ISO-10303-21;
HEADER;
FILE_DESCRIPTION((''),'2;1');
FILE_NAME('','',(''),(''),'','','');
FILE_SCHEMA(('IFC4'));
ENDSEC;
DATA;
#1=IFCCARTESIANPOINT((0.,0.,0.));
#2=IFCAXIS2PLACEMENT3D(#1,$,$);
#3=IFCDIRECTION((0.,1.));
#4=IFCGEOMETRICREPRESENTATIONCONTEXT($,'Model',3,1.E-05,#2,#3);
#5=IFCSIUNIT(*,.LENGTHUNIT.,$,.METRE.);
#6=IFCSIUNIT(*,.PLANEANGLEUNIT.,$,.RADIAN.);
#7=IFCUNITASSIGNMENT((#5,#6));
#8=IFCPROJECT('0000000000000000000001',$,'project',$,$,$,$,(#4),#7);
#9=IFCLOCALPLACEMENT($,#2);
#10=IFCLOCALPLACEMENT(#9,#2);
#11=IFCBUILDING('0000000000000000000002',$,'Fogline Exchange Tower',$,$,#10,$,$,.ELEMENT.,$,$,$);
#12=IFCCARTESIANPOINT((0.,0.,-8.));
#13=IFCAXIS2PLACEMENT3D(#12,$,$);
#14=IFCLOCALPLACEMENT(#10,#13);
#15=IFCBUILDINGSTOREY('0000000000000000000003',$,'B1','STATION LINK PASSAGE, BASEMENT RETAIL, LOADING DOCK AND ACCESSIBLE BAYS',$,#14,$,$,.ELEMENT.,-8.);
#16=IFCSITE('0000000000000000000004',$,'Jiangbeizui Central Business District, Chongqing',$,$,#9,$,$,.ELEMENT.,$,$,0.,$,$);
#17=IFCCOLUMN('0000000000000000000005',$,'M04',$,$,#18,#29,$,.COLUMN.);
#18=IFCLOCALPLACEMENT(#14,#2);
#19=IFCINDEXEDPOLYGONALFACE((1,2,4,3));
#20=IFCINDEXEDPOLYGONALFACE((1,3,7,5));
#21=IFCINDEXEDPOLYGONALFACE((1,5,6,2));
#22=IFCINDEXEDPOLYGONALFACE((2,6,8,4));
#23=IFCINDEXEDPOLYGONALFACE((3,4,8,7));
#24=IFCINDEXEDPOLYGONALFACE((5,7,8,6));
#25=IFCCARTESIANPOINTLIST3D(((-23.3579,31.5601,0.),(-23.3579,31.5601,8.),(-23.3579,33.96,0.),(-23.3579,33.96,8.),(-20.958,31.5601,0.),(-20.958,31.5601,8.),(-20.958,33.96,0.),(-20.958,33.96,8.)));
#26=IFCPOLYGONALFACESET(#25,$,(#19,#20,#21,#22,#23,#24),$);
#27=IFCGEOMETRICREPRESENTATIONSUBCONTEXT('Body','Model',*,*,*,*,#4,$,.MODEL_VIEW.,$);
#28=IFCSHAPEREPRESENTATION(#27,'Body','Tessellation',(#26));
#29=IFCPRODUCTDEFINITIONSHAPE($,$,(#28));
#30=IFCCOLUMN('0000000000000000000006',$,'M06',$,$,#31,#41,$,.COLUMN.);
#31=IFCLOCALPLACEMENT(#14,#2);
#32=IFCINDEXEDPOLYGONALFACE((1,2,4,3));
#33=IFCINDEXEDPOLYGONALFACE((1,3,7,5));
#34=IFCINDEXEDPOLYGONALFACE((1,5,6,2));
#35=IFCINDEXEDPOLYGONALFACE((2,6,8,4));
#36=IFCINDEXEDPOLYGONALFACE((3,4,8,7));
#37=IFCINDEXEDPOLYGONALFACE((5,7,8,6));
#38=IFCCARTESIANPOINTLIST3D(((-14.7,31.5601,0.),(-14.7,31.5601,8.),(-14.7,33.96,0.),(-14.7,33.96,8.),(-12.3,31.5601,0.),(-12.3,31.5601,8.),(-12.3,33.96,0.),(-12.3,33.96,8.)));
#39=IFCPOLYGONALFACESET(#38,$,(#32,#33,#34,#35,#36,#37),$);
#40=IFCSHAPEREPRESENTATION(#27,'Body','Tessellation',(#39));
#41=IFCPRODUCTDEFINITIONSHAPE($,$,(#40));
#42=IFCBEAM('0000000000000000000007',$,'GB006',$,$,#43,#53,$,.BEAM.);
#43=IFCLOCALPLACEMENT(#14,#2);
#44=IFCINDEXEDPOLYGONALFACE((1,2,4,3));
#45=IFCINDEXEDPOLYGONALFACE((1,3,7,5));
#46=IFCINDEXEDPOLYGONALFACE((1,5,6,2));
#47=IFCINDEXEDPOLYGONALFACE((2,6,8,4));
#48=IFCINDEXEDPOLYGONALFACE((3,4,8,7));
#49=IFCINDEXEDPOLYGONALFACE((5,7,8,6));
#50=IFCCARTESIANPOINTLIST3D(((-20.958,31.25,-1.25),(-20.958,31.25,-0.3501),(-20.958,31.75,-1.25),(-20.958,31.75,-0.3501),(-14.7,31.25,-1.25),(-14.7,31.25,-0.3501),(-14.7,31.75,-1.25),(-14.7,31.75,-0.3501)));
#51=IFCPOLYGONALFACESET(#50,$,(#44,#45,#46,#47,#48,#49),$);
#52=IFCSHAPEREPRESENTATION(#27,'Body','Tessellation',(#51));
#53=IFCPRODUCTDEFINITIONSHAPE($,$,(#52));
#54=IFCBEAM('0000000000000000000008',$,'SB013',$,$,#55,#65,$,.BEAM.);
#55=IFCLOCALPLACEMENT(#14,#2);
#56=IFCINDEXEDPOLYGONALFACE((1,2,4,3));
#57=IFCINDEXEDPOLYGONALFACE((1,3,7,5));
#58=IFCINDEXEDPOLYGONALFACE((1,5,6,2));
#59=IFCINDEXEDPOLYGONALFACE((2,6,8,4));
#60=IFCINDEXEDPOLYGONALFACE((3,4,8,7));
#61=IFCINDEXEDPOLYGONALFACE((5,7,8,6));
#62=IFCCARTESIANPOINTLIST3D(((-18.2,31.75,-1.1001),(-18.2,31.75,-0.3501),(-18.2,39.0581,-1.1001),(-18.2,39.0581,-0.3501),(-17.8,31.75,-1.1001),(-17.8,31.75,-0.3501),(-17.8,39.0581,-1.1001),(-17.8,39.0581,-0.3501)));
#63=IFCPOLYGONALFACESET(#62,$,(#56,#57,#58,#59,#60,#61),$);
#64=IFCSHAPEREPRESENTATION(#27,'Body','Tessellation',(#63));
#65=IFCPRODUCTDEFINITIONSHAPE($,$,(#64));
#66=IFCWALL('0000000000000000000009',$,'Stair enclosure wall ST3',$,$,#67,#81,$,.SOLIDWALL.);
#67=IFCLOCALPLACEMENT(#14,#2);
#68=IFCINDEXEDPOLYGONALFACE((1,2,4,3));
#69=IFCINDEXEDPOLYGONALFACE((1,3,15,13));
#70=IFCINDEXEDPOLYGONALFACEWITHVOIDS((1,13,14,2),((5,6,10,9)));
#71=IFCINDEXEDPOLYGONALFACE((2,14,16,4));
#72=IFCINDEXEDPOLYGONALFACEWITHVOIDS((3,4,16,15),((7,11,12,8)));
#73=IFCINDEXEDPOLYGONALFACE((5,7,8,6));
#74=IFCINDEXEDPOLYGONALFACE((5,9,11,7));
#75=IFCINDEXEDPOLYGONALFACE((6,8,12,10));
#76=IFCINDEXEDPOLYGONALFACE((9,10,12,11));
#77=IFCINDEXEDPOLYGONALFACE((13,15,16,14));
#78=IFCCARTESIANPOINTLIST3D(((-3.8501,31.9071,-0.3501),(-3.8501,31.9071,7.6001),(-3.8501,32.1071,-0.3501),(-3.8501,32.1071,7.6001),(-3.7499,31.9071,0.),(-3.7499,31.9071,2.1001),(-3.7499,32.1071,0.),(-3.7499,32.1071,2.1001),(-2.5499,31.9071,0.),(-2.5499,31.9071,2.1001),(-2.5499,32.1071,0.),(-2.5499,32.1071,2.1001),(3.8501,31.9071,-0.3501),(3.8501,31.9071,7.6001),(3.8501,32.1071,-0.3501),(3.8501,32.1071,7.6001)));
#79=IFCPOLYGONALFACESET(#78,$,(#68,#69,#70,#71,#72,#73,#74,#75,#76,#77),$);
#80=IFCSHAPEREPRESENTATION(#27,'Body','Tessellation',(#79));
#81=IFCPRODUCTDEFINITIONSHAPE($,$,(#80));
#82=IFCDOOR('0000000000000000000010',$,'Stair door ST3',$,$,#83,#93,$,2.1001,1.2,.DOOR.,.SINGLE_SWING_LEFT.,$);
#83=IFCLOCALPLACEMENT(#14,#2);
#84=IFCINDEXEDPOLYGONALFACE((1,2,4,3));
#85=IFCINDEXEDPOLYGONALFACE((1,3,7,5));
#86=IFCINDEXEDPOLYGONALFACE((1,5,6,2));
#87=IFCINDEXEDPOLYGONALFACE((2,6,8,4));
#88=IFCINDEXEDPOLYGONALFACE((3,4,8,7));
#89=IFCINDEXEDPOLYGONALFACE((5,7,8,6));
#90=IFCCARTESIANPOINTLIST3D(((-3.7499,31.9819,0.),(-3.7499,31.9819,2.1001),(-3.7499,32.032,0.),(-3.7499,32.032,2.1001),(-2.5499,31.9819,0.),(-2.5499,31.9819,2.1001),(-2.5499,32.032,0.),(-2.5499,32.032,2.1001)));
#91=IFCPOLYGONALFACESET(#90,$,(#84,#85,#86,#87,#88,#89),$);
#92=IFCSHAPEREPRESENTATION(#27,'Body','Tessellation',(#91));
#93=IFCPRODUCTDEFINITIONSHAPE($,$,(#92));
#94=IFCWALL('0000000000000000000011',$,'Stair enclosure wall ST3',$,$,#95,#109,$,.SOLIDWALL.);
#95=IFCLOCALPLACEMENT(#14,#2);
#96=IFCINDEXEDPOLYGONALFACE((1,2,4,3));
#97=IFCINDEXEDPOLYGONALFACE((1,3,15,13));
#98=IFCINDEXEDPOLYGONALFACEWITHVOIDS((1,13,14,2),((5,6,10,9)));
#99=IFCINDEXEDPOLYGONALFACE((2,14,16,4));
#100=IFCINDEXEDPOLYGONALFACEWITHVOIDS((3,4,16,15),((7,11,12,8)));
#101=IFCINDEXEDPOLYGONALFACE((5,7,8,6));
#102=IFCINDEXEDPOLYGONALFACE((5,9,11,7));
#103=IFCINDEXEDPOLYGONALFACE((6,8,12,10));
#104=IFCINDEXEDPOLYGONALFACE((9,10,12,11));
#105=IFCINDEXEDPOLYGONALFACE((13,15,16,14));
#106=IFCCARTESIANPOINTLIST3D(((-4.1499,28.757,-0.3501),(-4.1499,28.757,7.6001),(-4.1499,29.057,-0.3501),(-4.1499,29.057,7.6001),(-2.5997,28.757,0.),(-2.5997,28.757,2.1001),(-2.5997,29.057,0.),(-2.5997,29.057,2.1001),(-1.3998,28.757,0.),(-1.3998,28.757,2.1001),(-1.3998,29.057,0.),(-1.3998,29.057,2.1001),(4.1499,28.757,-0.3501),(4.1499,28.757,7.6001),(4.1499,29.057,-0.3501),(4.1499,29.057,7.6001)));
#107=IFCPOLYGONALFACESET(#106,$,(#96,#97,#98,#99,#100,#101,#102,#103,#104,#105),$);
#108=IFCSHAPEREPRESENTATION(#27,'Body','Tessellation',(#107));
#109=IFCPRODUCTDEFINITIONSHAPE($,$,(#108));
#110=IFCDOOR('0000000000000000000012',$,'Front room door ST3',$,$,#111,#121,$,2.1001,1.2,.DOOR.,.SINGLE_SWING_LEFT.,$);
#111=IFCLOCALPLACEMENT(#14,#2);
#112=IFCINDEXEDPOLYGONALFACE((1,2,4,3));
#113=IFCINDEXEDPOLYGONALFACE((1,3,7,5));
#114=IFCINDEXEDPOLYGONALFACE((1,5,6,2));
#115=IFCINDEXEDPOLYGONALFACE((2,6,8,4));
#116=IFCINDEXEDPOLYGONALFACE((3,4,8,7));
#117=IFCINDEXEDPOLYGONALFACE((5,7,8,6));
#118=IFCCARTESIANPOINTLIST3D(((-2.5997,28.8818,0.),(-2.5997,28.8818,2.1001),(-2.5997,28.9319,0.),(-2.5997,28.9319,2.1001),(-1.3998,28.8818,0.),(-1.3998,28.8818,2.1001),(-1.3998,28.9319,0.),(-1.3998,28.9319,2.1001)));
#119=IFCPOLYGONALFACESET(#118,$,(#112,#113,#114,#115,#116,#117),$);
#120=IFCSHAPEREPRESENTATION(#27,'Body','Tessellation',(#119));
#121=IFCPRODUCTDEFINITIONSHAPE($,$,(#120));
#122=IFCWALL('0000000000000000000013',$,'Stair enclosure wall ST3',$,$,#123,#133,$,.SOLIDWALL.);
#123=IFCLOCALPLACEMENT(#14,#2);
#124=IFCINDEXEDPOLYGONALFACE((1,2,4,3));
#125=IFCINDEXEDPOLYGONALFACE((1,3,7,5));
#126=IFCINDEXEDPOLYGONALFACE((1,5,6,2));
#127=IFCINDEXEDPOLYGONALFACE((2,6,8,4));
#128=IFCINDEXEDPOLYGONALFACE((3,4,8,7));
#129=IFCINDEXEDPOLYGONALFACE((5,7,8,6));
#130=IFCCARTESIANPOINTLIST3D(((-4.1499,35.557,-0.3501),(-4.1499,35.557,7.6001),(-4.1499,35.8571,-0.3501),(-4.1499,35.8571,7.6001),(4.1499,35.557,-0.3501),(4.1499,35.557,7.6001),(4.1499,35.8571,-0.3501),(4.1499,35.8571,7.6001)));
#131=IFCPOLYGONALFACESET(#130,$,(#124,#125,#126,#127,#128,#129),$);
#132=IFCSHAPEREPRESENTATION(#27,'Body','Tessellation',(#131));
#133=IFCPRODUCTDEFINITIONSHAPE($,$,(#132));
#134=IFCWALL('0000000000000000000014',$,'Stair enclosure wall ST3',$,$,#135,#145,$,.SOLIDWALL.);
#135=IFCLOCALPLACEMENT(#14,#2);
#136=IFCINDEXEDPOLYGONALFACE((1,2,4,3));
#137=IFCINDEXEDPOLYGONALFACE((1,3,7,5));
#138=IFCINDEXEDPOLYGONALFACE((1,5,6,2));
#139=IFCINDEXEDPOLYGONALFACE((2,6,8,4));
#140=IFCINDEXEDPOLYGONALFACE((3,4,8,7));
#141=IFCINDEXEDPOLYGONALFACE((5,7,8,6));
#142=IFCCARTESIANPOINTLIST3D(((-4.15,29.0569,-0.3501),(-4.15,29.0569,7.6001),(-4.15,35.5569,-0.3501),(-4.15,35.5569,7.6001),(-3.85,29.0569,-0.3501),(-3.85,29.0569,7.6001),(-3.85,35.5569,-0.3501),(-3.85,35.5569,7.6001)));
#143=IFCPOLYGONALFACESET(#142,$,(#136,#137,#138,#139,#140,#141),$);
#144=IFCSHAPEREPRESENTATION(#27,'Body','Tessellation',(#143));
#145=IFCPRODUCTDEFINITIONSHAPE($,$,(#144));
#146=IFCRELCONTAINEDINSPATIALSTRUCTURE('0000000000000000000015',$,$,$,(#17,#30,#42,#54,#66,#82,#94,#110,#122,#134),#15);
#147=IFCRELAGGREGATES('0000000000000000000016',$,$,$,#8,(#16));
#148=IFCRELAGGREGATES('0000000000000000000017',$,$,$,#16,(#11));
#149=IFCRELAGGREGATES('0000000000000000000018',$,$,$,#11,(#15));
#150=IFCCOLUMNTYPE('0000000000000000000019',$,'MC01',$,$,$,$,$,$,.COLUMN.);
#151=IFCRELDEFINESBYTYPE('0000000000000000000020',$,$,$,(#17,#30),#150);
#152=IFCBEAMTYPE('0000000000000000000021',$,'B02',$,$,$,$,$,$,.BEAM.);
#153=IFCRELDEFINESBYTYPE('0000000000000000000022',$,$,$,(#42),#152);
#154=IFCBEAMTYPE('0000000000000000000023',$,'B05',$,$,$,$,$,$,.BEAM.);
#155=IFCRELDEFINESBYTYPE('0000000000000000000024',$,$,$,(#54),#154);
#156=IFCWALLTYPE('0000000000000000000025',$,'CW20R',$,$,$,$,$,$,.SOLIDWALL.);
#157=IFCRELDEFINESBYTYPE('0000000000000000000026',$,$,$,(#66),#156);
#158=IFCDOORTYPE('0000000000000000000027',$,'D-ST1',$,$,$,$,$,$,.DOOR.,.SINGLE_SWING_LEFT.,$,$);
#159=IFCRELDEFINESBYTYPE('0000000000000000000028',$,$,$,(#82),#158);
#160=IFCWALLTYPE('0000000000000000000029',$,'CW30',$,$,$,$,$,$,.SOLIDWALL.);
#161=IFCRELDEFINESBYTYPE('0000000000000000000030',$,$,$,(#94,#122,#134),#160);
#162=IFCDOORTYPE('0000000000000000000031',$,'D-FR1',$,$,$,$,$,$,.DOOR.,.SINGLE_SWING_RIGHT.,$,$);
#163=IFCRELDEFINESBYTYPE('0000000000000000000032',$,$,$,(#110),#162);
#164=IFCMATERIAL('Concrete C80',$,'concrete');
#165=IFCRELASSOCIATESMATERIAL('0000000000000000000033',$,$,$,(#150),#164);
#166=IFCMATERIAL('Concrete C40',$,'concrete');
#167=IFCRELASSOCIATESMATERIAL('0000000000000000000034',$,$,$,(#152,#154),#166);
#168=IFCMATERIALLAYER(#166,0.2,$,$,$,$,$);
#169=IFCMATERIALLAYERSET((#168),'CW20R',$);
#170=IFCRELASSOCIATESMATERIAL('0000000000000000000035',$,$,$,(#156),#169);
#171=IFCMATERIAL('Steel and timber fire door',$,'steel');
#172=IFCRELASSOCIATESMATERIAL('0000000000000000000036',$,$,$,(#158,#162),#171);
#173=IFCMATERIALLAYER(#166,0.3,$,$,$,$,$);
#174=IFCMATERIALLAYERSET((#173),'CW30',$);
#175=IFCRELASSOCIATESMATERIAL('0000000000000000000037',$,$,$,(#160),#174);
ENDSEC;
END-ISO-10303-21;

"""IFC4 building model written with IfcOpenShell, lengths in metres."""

from ifc_helpers import new_model, si_unit, direction, frame, frame_2d, origin, origin_2d, place, context, subcontext, project, spatial, rectangle, extrude, material, layer, layer_set, material_profile, profile_set, type_object, element, fill, save


model = new_model("IFC4")

# Units and contexts
model_context = context("Model", 3, precision=1e-05, world=origin(), true_north=direction((0.0, 1.0)))
body_context = subcontext(model_context, "Body", "Model", "MODEL_VIEW")
ifc_project = project(units=[si_unit("LENGTHUNIT", "METRE"), si_unit("PLANEANGLEUNIT", "RADIAN")], contexts=[model_context])

# Site, building, storey
site_placement = place(None, origin())
site = spatial("IfcSite", under=ifc_project, at=site_placement, Name="Jiangbeizui Central Business District, Chongqing", CompositionType="ELEMENT", RefElevation=0.0)
building_placement = place(site_placement, origin())
building = spatial("IfcBuilding", under=site, at=building_placement, Name="Fogline Exchange Tower", CompositionType="ELEMENT")
storey_placement = place(building_placement, frame((0.0, 0.0, -8.0)))
storey = spatial("IfcBuildingStorey", under=building, at=storey_placement, Name="B1", Description="STATION LINK PASSAGE, BASEMENT RETAIL, LOADING DOCK AND ACCESSIBLE BAYS", CompositionType="ELEMENT", Elevation=-8.0)

# Columns
ifc_material_1 = material(Name="Concrete C80", Category="concrete")
ifc_material_profile_1 = material_profile(ifc_material_1, rectangle(XDim=2.3999, YDim=2.3999, at=origin_2d()), Name="RC 2400x2400")
ifc_profile_set_1 = profile_set([ifc_material_profile_1], Name="Concrete C80")
column_type = type_object("IfcColumnType", Name="MC01", PredefinedType="COLUMN", material=ifc_profile_set_1)
for number, where, z_axis, x_axis, name in (
    (1, (-22.158, 32.76, 0.0), (0.0, 0.0, 1.0), (1.0, 0.0, 0.0), "M04"),
    (2, (-13.5, 32.76, 0.0), (0.0, 0.0, 1.0), (1.0, 0.0, 0.0), "M06"),
):
    element("IfcColumn", number, at=place(storey_placement, frame(where, z_axis=z_axis, x_axis=x_axis)), inside=storey, type_object=column_type, Name=name, PredefinedType="COLUMN", context=body_context, shape_type="SweptSolid", body=[
        extrude(rectangle(XDim=2.3999, YDim=2.3999, at=origin_2d()), origin(), (0.0, 0.0, 1.0), 8.0),
    ])

# Beams
ifc_material_2 = material(Name="Concrete C40", Category="concrete")
ifc_material_profile_2 = material_profile(ifc_material_2, rectangle(XDim=0.5, YDim=0.8999, at=origin_2d()), Name="RC 500x900")
ifc_profile_set_2 = profile_set([ifc_material_profile_2], Name="Concrete C40")
beam_type_1 = type_object("IfcBeamType", Name="B02", PredefinedType="BEAM", material=ifc_profile_set_2)
beam_1_placement = place(storey_placement, frame((-20.958, 31.5, -0.8), z_axis=(1.0, 0.0, 0.0), x_axis=(0.0, 1.0, 0.0)))
element("IfcBeam", 3, at=beam_1_placement, inside=storey, type_object=beam_type_1, Name="GB006", PredefinedType="BEAM", context=body_context, shape_type="SweptSolid", body=[
    extrude(rectangle(XDim=0.5, YDim=0.8999, at=origin_2d()), origin(), (0.0, 0.0, 1.0), 6.2581),
])
ifc_material_profile_3 = material_profile(ifc_material_2, rectangle(XDim=0.3999, YDim=0.75, at=origin_2d()), Name="RC 400x750")
ifc_profile_set_3 = profile_set([ifc_material_profile_3], Name="Concrete C40")
beam_type_2 = type_object("IfcBeamType", Name="B05", PredefinedType="BEAM", material=ifc_profile_set_3)
beam_2_placement = place(storey_placement, frame((-18.0, 31.75, -0.7251), z_axis=(0.0, 1.0, 0.0), x_axis=(-1.0, 0.0, 0.0)))
element("IfcBeam", 4, at=beam_2_placement, inside=storey, type_object=beam_type_2, Name="SB013", PredefinedType="BEAM", context=body_context, shape_type="SweptSolid", body=[
    extrude(rectangle(XDim=0.3999, YDim=0.75, at=origin_2d()), origin(), (0.0, 0.0, 1.0), 7.3081),
])

# Walls, openings, doors
ifc_layer_1 = layer(ifc_material_2, 0.2)
ifc_layer_set_1 = layer_set([ifc_layer_1], Name="CW20R")
wall_type_1 = type_object("IfcWallType", Name="CW20R", PredefinedType="SOLIDWALL", material=ifc_layer_set_1)
wall_1_placement = place(storey_placement, frame((-3.8501, 32.0071, -0.3501), z_axis=(0.0, 0.0, 1.0), x_axis=(1.0, 0.0, 0.0)))
wall_1 = element("IfcWall", 5, at=wall_1_placement, inside=storey, type_object=wall_type_1, Name="Stair enclosure wall ST3", PredefinedType="SOLIDWALL", context=body_context, shape_type="SweptSolid", body=[
    extrude(rectangle(XDim=7.7002, YDim=0.2, at=frame_2d((3.8501, 0.0))), origin(), (0.0, 0.0, 1.0), 7.9502),
])
opening_1_placement = place(wall_1_placement, frame((0.1001, 0.0, 0.3501)))
opening_1 = element("IfcOpeningElement", 6, at=opening_1_placement, cuts=wall_1, PredefinedType="OPENING", context=body_context, shape_type="SweptSolid", body=[
    extrude(rectangle(XDim=1.2, YDim=2.1001, at=frame_2d((0.6001, 1.05))), frame((0.0, 0.1099, 0.0), z_axis=(0.0, -1.0, 0.0), x_axis=(1.0, 0.0, 0.0)), (0.0, 0.0, 1.0), 0.22),
])
ifc_material_3 = material(Name="Steel and timber fire door", Category="steel")
door_type_1 = type_object("IfcDoorType", Name="D-ST1", OperationType="SINGLE_SWING_LEFT", PredefinedType="DOOR", material=ifc_material_3)
door_1_placement = place(opening_1_placement, origin())
door_1 = element("IfcDoor", 7, at=door_1_placement, inside=storey, type_object=door_type_1, Name="Stair door ST3", OperationType="SINGLE_SWING_LEFT", OverallHeight=2.1001, OverallWidth=1.2, PredefinedType="DOOR", context=body_context, shape_type="SweptSolid", body=[
    extrude(rectangle(XDim=1.2, YDim=2.1001, at=frame_2d((0.6001, 1.05))), frame((0.0, 0.0249, 0.0), z_axis=(0.0, -1.0, 0.0), x_axis=(1.0, 0.0, 0.0)), (0.0, 0.0, 1.0), 0.05),
])
fill(opening_1, door_1)
ifc_layer_2 = layer(ifc_material_2, 0.3)
ifc_layer_set_2 = layer_set([ifc_layer_2], Name="CW30")
wall_type_2 = type_object("IfcWallType", Name="CW30", PredefinedType="SOLIDWALL", material=ifc_layer_set_2)
wall_2_placement = place(storey_placement, frame((-4.1499, 28.907, -0.3501), z_axis=(0.0, 0.0, 1.0), x_axis=(1.0, 0.0, 0.0)))
wall_2 = element("IfcWall", 8, at=wall_2_placement, inside=storey, type_object=wall_type_2, Name="Stair enclosure wall ST3", PredefinedType="SOLIDWALL", context=body_context, shape_type="SweptSolid", body=[
    extrude(rectangle(XDim=8.2998, YDim=0.3, at=frame_2d((4.1499, 0.0))), origin(), (0.0, 0.0, 1.0), 7.9502),
])
opening_2_placement = place(wall_2_placement, frame((1.55, 0.0, 0.3501)))
opening_2 = element("IfcOpeningElement", 9, at=opening_2_placement, cuts=wall_2, PredefinedType="OPENING", context=body_context, shape_type="SweptSolid", body=[
    extrude(rectangle(XDim=1.2, YDim=2.1001, at=frame_2d((0.6001, 1.05))), frame((0.0, 0.1602, 0.0), z_axis=(0.0, -1.0, 0.0), x_axis=(1.0, 0.0, 0.0)), (0.0, 0.0, 1.0), 0.3201),
])
door_type_2 = type_object("IfcDoorType", Name="D-FR1", OperationType="SINGLE_SWING_RIGHT", PredefinedType="DOOR", material=ifc_material_3)
door_2_placement = place(opening_2_placement, origin())
door_2 = element("IfcDoor", 10, at=door_2_placement, inside=storey, type_object=door_type_2, Name="Front room door ST3", OperationType="SINGLE_SWING_LEFT", OverallHeight=2.1001, OverallWidth=1.2, PredefinedType="DOOR", context=body_context, shape_type="SweptSolid", body=[
    extrude(rectangle(XDim=1.2, YDim=2.1001, at=frame_2d((0.6001, 1.05))), frame((0.0, 0.0249, 0.0), z_axis=(0.0, -1.0, 0.0), x_axis=(1.0, 0.0, 0.0)), (0.0, 0.0, 1.0), 0.05),
])
fill(opening_2, door_2)

# Walls
wall_3_placement = place(storey_placement, frame((-4.1499, 35.707, -0.3501), z_axis=(0.0, 0.0, 1.0), x_axis=(1.0, 0.0, 0.0)))
element("IfcWall", 11, at=wall_3_placement, inside=storey, type_object=wall_type_2, Name="Stair enclosure wall ST3", PredefinedType="SOLIDWALL", context=body_context, shape_type="SweptSolid", body=[
    extrude(rectangle(XDim=8.2998, YDim=0.3, at=frame_2d((4.1499, 0.0))), origin(), (0.0, 0.0, 1.0), 7.9502),
])
wall_4_placement = place(storey_placement, frame((-4.0, 29.0569, -0.3501), z_axis=(0.0, 0.0, 1.0), x_axis=(0.0, 1.0, 0.0)))
element("IfcWall", 12, at=wall_4_placement, inside=storey, type_object=wall_type_2, Name="Stair enclosure wall ST3", PredefinedType="SOLIDWALL", context=body_context, shape_type="SweptSolid", body=[
    extrude(rectangle(XDim=6.5, YDim=0.3, at=frame_2d((3.25, 0.0))), origin(), (0.0, 0.0, 1.0), 7.9502),
])

save(model, "model.ifc")
